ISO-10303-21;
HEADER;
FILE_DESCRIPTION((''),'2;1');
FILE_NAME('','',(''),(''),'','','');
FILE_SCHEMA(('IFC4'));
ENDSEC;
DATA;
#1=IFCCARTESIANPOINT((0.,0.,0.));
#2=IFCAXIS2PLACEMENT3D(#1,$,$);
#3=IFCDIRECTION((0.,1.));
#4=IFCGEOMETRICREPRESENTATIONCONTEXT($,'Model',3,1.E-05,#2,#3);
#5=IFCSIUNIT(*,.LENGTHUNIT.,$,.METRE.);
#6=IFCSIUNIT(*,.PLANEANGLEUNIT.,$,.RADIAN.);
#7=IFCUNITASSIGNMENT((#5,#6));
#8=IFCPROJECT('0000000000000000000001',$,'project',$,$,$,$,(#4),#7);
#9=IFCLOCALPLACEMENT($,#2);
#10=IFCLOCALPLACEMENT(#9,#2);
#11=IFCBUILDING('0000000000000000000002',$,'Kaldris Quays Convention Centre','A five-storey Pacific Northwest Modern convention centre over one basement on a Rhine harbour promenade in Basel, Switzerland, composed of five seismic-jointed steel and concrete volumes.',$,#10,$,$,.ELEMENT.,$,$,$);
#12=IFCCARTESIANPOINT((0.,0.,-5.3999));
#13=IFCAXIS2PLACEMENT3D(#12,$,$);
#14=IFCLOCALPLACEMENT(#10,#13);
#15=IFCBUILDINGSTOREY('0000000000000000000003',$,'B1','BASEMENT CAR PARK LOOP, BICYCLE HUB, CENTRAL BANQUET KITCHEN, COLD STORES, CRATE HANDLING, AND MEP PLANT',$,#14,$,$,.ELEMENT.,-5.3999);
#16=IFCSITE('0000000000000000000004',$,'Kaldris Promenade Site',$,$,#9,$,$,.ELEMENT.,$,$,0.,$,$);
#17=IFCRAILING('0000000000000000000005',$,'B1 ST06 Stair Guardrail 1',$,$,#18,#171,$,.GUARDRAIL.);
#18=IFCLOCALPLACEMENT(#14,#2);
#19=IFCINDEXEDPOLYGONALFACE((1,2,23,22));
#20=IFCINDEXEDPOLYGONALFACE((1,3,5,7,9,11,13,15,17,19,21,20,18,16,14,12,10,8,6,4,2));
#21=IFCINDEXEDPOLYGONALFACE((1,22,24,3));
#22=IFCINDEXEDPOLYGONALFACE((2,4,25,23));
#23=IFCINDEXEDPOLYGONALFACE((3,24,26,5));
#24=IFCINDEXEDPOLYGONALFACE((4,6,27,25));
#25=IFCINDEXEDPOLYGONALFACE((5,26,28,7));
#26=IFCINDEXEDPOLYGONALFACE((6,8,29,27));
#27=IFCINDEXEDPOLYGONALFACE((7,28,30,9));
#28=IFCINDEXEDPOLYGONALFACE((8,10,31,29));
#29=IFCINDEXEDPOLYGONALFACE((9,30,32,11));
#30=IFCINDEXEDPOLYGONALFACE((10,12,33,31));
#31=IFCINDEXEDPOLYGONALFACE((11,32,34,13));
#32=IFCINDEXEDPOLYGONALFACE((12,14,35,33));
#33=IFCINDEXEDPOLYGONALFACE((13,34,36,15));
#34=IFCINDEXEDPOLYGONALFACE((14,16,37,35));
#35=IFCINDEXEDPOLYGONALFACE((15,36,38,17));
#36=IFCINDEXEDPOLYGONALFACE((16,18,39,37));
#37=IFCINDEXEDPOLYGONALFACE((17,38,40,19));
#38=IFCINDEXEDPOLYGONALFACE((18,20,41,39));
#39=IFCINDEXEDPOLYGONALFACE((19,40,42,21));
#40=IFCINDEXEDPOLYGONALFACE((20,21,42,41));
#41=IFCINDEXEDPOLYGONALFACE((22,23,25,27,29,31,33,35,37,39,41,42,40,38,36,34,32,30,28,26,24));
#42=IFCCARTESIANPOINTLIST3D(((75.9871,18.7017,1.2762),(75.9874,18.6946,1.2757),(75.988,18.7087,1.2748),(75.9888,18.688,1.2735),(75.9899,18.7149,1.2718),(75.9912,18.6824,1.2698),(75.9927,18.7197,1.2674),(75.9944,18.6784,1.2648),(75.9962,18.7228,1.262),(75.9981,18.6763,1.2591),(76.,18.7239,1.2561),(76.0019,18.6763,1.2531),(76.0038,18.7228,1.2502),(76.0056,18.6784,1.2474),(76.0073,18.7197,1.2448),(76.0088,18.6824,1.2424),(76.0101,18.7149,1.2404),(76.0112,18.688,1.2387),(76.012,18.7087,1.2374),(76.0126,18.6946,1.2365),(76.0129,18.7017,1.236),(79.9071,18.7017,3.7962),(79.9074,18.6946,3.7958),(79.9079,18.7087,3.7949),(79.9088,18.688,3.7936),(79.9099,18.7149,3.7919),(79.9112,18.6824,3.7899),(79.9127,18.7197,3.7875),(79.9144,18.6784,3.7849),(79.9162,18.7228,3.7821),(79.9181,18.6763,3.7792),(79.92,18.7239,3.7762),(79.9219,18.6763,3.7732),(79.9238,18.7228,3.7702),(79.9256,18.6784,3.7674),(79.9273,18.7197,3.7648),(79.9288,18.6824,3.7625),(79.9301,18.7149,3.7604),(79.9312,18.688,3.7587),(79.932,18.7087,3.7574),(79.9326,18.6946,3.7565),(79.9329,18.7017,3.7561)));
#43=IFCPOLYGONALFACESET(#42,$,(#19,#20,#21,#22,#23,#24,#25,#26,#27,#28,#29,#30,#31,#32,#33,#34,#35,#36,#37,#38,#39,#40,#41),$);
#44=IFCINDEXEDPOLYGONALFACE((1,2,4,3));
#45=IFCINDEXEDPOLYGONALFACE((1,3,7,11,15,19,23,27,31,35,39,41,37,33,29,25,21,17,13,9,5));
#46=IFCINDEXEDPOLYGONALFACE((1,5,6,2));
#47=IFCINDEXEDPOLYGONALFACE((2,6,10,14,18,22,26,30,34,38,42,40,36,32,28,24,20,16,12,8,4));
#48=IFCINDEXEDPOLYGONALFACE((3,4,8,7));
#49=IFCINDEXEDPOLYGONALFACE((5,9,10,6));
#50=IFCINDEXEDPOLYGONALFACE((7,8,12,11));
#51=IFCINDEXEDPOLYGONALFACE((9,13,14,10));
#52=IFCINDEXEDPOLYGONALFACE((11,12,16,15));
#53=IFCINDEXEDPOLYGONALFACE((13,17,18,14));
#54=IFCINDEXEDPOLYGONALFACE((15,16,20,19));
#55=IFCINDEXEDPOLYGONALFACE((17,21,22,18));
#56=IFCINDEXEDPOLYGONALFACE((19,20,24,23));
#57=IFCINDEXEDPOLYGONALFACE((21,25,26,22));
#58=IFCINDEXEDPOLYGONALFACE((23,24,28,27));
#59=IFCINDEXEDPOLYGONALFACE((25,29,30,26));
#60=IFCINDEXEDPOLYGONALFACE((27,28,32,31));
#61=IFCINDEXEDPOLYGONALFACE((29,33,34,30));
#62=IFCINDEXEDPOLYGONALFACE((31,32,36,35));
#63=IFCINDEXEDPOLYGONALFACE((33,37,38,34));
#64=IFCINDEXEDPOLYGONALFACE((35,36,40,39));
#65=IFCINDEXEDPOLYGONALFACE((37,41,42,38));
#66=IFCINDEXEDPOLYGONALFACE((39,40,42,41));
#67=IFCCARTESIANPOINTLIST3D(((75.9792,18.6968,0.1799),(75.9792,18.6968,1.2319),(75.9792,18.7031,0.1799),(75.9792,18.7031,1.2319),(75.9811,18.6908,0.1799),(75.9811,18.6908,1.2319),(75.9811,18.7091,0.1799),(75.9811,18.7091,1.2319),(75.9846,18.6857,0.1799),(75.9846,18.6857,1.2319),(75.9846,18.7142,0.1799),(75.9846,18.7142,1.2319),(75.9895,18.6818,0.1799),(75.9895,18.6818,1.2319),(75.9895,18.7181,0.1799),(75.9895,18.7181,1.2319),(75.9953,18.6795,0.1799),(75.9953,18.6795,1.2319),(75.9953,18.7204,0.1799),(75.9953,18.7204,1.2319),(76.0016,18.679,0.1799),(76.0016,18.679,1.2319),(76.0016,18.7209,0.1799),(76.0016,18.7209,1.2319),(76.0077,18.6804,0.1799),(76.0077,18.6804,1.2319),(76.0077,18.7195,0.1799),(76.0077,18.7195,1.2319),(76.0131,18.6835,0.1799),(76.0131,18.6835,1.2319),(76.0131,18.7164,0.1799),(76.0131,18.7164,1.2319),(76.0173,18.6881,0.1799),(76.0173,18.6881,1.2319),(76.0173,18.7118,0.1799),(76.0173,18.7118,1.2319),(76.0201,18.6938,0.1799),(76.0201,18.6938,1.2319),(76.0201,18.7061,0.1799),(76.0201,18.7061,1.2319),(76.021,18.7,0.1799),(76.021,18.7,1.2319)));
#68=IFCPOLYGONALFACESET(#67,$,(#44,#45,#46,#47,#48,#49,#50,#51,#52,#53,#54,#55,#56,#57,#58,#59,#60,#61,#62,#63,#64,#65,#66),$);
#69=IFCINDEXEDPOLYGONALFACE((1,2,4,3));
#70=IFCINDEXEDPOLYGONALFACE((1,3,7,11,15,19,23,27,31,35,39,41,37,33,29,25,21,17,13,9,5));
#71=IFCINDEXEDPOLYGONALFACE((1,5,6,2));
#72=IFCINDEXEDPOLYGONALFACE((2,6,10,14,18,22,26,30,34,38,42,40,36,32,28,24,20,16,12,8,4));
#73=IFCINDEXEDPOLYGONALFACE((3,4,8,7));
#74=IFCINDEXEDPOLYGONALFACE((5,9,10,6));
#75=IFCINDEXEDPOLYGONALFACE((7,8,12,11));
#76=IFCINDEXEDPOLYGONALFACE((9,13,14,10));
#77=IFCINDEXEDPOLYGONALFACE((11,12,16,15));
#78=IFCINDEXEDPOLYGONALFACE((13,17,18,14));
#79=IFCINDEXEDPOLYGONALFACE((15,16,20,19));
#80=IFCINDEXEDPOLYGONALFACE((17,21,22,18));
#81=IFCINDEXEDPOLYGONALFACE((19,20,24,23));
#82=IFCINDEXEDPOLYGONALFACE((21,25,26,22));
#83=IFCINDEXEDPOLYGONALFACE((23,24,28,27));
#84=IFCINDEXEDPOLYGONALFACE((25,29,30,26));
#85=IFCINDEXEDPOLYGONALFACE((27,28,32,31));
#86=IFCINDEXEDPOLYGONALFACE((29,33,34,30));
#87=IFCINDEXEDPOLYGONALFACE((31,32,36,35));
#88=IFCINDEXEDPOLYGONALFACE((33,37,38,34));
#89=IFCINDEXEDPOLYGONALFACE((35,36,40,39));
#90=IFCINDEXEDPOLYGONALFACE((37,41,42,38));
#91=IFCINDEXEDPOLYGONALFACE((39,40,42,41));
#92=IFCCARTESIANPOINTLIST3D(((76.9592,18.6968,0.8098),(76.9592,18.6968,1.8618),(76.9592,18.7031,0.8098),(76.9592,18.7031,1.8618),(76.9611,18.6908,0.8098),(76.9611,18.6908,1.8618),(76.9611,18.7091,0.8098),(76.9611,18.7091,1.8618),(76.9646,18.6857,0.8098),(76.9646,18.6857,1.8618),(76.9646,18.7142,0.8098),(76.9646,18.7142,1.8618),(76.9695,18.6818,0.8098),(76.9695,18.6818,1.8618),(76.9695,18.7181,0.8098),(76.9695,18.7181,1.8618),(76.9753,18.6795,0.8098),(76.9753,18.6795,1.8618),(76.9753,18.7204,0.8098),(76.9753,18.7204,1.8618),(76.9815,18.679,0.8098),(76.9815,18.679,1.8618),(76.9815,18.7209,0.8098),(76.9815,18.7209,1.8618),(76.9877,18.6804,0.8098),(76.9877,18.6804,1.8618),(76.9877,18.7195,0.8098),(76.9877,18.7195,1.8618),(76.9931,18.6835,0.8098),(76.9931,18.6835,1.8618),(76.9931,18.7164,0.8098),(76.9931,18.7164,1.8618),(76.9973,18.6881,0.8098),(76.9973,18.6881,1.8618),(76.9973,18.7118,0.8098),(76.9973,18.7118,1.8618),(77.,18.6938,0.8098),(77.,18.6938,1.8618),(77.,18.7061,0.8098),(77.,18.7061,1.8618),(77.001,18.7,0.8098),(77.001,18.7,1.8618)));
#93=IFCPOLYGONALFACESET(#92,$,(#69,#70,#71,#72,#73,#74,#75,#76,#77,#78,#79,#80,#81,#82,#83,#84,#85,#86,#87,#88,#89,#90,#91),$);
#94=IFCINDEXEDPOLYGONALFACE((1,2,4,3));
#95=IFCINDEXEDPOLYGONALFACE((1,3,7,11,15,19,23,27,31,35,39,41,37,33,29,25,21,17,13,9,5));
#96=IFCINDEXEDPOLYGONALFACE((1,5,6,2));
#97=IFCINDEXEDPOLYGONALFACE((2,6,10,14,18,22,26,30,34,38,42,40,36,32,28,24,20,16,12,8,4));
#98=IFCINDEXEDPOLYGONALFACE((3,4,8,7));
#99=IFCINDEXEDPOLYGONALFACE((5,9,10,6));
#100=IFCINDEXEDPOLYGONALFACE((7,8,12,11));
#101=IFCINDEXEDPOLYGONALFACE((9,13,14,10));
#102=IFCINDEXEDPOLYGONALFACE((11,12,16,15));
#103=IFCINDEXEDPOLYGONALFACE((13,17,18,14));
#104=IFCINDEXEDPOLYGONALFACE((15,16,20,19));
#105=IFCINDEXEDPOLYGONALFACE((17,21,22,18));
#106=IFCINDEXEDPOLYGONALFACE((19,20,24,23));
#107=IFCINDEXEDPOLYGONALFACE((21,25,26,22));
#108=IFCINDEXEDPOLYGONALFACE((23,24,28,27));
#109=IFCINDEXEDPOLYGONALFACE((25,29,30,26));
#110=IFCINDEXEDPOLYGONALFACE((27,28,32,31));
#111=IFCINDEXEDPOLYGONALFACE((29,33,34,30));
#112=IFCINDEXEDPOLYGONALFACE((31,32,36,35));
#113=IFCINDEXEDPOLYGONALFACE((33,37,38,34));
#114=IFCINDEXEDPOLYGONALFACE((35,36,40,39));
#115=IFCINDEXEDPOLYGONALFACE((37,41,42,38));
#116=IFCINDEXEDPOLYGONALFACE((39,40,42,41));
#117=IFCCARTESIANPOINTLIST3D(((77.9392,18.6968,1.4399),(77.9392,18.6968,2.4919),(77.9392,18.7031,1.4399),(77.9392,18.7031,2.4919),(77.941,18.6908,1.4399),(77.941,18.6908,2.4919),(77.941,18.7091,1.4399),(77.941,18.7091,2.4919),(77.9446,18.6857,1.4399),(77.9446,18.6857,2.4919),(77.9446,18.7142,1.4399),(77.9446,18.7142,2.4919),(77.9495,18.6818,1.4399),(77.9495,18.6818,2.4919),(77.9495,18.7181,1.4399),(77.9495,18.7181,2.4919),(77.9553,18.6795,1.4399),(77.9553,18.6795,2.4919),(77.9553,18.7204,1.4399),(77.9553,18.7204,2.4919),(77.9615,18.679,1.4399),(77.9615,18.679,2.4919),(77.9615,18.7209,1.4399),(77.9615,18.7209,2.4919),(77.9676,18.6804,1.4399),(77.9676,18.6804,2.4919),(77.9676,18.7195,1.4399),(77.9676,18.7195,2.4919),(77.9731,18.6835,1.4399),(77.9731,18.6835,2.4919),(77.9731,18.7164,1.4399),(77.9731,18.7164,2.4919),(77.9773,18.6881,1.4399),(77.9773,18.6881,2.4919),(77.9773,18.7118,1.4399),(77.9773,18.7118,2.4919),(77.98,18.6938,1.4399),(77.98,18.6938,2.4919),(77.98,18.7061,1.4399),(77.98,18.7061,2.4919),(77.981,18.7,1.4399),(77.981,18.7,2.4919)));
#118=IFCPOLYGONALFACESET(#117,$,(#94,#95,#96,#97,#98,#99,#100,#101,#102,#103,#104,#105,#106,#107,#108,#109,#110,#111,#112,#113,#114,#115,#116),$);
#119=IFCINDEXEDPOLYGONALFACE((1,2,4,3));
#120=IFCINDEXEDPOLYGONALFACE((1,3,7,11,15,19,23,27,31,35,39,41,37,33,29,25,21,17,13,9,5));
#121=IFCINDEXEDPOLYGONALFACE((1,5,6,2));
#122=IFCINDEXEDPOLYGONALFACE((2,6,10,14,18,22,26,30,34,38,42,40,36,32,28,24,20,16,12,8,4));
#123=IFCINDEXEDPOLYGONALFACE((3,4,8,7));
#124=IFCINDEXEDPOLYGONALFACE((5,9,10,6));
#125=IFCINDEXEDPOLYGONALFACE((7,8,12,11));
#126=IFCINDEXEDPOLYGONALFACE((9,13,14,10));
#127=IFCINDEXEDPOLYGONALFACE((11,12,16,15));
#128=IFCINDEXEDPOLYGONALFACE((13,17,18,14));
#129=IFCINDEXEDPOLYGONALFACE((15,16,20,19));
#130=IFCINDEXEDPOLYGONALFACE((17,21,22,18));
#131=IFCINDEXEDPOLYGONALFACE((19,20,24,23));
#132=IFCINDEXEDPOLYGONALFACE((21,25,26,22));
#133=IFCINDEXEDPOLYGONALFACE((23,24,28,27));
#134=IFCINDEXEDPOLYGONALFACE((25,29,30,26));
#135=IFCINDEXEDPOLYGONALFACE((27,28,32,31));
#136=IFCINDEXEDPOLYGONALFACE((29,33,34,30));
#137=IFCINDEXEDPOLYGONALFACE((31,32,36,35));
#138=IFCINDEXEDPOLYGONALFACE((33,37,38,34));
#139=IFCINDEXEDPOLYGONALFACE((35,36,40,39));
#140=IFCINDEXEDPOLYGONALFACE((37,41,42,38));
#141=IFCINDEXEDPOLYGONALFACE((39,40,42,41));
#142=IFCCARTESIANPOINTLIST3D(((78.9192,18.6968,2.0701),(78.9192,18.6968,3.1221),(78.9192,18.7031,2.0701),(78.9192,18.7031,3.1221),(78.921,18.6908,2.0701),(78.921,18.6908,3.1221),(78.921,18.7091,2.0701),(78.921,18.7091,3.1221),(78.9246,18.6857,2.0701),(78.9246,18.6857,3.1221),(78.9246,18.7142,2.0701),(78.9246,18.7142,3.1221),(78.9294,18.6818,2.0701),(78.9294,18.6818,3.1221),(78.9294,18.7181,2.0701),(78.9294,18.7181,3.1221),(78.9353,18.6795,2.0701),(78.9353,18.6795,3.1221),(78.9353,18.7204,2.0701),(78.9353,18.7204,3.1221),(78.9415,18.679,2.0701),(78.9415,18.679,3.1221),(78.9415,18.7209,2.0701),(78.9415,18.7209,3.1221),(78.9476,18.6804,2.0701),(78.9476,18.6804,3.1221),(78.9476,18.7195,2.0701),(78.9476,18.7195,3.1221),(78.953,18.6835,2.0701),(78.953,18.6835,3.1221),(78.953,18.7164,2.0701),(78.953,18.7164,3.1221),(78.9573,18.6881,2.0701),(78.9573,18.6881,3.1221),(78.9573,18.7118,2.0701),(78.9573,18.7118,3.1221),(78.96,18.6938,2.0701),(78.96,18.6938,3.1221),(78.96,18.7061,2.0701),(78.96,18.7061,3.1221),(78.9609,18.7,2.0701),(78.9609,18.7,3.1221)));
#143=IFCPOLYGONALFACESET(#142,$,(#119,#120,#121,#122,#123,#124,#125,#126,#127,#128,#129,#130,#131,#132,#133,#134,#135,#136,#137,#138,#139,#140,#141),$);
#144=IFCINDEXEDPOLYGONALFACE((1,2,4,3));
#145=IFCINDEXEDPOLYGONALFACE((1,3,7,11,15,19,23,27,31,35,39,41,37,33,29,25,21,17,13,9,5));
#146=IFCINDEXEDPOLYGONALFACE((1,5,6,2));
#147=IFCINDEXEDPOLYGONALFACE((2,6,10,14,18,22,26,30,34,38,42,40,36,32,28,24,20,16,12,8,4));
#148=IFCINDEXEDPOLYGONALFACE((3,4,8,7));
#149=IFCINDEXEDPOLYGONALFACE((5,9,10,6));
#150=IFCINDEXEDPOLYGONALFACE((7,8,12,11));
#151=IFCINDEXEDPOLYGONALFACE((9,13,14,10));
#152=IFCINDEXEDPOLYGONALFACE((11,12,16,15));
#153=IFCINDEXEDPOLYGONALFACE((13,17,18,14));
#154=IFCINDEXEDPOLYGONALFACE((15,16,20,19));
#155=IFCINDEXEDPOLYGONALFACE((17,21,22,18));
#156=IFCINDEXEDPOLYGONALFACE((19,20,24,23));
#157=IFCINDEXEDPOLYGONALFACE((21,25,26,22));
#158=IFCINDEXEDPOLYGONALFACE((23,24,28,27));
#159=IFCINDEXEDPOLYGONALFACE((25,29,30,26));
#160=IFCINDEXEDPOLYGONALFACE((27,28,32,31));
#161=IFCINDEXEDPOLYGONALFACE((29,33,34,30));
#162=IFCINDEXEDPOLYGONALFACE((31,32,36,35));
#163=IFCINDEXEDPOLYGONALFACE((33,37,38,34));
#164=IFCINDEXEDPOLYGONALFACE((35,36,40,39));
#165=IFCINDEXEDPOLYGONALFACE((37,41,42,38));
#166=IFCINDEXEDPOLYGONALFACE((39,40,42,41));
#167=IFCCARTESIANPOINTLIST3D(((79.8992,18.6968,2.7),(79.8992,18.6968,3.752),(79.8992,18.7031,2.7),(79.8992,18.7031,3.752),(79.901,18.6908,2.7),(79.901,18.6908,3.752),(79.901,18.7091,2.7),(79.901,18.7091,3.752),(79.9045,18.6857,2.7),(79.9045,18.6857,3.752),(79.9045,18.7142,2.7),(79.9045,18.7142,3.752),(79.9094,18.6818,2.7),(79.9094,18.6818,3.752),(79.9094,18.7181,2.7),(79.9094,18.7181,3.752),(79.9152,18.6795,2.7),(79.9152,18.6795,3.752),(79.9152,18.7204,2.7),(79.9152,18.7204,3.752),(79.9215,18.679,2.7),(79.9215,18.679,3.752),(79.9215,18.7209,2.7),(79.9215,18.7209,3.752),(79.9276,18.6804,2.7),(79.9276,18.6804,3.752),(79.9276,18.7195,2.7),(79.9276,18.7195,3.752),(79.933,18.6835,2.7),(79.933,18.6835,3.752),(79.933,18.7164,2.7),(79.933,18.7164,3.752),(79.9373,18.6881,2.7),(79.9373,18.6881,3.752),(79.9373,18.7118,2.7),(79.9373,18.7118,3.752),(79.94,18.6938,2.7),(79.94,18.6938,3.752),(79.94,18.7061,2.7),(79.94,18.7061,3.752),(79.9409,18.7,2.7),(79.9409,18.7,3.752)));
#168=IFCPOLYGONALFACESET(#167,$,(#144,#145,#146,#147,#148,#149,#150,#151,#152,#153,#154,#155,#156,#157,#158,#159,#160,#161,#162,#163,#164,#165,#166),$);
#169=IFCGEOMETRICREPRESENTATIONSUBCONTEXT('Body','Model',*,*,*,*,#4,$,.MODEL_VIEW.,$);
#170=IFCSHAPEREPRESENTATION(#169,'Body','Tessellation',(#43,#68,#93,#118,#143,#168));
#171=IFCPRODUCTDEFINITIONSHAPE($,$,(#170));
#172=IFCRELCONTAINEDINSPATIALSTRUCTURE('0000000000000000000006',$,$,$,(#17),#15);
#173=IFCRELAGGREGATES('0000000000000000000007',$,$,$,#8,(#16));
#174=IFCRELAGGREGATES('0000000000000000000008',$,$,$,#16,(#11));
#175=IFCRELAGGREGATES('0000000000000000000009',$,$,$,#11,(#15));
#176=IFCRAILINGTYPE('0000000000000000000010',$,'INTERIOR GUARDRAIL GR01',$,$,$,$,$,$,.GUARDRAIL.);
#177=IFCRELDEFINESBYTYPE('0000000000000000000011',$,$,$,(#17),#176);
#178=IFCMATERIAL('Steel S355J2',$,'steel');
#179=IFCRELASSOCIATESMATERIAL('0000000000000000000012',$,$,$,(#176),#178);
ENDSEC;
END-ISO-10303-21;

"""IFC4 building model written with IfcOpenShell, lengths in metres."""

from ifc_helpers import new_model, si_unit, direction, frame, origin, origin_2d, place, context, subcontext, project, spatial, circle, extrude, material, type_object, element, save


model = new_model("IFC4")

# Units and contexts
model_context = context("Model", 3, precision=1e-05, world=origin(), true_north=direction((0.0, 1.0)))
body_context = subcontext(model_context, "Body", "Model", "MODEL_VIEW")
ifc_project = project(units=[si_unit("LENGTHUNIT", "METRE"), si_unit("PLANEANGLEUNIT", "RADIAN")], contexts=[model_context])

# Site, building, storey
site_placement = place(None, origin())
site = spatial("IfcSite", under=ifc_project, at=site_placement, Name="Kaldris Promenade Site", CompositionType="ELEMENT", RefElevation=0.0)
building_placement = place(site_placement, origin())
building = spatial("IfcBuilding", under=site, at=building_placement, Name="Kaldris Quays Convention Centre", Description="A five-storey Pacific Northwest Modern convention centre over one basement on a Rhine harbour promenade in Basel, Switzerland, composed of five seismic-jointed steel and concrete volumes.", CompositionType="ELEMENT")
storey_placement = place(building_placement, frame((0.0, 0.0, -5.3999)))
storey = spatial("IfcBuildingStorey", under=building, at=storey_placement, Name="B1", Description="BASEMENT CAR PARK LOOP, BICYCLE HUB, CENTRAL BANQUET KITCHEN, COLD STORES, CRATE HANDLING, AND MEP PLANT", CompositionType="ELEMENT", Elevation=-5.3999)

# Shared definitions
ifc_material_1 = material(Name="Steel S355J2", Category="steel")

# Railing
railing_type_1 = type_object("IfcRailingType", Name="INTERIOR GUARDRAIL GR01", PredefinedType="GUARDRAIL", material=ifc_material_1)
railing_1_placement = place(storey_placement, frame((76.0, 18.7, 0.1799)))
element("IfcRailing", 1, at=railing_1_placement, inside=storey, type_object=railing_type_1, Name="B1 ST06 Stair Guardrail 1", PredefinedType="GUARDRAIL", context=body_context, shape_type="SweptSolid", body=[
    extrude(circle(Radius=0.0239, at=origin_2d()), frame((0.0, 0.0, 1.0762), z_axis=(0.841172, 0.0, 0.540768), x_axis=(0.0, 1.0, 0.0)), (0.0, 0.0, 1.0), 4.6602),
    extrude(circle(Radius=0.021, at=origin_2d()), origin(), (0.0, 0.0, 1.0), 1.052),
    extrude(circle(Radius=0.021, at=origin_2d()), frame((0.98, 0.0, 0.6299)), (0.0, 0.0, 1.0), 1.052),
    extrude(circle(Radius=0.021, at=origin_2d()), frame((1.96, 0.0, 1.26)), (0.0, 0.0, 1.0), 1.052),
    extrude(circle(Radius=0.021, at=origin_2d()), frame((2.9399, 0.0, 1.8901)), (0.0, 0.0, 1.0), 1.052),
    extrude(circle(Radius=0.021, at=origin_2d()), frame((3.9199, 0.0, 2.52)), (0.0, 0.0, 1.0), 1.052),
])

save(model, "model.ifc")
